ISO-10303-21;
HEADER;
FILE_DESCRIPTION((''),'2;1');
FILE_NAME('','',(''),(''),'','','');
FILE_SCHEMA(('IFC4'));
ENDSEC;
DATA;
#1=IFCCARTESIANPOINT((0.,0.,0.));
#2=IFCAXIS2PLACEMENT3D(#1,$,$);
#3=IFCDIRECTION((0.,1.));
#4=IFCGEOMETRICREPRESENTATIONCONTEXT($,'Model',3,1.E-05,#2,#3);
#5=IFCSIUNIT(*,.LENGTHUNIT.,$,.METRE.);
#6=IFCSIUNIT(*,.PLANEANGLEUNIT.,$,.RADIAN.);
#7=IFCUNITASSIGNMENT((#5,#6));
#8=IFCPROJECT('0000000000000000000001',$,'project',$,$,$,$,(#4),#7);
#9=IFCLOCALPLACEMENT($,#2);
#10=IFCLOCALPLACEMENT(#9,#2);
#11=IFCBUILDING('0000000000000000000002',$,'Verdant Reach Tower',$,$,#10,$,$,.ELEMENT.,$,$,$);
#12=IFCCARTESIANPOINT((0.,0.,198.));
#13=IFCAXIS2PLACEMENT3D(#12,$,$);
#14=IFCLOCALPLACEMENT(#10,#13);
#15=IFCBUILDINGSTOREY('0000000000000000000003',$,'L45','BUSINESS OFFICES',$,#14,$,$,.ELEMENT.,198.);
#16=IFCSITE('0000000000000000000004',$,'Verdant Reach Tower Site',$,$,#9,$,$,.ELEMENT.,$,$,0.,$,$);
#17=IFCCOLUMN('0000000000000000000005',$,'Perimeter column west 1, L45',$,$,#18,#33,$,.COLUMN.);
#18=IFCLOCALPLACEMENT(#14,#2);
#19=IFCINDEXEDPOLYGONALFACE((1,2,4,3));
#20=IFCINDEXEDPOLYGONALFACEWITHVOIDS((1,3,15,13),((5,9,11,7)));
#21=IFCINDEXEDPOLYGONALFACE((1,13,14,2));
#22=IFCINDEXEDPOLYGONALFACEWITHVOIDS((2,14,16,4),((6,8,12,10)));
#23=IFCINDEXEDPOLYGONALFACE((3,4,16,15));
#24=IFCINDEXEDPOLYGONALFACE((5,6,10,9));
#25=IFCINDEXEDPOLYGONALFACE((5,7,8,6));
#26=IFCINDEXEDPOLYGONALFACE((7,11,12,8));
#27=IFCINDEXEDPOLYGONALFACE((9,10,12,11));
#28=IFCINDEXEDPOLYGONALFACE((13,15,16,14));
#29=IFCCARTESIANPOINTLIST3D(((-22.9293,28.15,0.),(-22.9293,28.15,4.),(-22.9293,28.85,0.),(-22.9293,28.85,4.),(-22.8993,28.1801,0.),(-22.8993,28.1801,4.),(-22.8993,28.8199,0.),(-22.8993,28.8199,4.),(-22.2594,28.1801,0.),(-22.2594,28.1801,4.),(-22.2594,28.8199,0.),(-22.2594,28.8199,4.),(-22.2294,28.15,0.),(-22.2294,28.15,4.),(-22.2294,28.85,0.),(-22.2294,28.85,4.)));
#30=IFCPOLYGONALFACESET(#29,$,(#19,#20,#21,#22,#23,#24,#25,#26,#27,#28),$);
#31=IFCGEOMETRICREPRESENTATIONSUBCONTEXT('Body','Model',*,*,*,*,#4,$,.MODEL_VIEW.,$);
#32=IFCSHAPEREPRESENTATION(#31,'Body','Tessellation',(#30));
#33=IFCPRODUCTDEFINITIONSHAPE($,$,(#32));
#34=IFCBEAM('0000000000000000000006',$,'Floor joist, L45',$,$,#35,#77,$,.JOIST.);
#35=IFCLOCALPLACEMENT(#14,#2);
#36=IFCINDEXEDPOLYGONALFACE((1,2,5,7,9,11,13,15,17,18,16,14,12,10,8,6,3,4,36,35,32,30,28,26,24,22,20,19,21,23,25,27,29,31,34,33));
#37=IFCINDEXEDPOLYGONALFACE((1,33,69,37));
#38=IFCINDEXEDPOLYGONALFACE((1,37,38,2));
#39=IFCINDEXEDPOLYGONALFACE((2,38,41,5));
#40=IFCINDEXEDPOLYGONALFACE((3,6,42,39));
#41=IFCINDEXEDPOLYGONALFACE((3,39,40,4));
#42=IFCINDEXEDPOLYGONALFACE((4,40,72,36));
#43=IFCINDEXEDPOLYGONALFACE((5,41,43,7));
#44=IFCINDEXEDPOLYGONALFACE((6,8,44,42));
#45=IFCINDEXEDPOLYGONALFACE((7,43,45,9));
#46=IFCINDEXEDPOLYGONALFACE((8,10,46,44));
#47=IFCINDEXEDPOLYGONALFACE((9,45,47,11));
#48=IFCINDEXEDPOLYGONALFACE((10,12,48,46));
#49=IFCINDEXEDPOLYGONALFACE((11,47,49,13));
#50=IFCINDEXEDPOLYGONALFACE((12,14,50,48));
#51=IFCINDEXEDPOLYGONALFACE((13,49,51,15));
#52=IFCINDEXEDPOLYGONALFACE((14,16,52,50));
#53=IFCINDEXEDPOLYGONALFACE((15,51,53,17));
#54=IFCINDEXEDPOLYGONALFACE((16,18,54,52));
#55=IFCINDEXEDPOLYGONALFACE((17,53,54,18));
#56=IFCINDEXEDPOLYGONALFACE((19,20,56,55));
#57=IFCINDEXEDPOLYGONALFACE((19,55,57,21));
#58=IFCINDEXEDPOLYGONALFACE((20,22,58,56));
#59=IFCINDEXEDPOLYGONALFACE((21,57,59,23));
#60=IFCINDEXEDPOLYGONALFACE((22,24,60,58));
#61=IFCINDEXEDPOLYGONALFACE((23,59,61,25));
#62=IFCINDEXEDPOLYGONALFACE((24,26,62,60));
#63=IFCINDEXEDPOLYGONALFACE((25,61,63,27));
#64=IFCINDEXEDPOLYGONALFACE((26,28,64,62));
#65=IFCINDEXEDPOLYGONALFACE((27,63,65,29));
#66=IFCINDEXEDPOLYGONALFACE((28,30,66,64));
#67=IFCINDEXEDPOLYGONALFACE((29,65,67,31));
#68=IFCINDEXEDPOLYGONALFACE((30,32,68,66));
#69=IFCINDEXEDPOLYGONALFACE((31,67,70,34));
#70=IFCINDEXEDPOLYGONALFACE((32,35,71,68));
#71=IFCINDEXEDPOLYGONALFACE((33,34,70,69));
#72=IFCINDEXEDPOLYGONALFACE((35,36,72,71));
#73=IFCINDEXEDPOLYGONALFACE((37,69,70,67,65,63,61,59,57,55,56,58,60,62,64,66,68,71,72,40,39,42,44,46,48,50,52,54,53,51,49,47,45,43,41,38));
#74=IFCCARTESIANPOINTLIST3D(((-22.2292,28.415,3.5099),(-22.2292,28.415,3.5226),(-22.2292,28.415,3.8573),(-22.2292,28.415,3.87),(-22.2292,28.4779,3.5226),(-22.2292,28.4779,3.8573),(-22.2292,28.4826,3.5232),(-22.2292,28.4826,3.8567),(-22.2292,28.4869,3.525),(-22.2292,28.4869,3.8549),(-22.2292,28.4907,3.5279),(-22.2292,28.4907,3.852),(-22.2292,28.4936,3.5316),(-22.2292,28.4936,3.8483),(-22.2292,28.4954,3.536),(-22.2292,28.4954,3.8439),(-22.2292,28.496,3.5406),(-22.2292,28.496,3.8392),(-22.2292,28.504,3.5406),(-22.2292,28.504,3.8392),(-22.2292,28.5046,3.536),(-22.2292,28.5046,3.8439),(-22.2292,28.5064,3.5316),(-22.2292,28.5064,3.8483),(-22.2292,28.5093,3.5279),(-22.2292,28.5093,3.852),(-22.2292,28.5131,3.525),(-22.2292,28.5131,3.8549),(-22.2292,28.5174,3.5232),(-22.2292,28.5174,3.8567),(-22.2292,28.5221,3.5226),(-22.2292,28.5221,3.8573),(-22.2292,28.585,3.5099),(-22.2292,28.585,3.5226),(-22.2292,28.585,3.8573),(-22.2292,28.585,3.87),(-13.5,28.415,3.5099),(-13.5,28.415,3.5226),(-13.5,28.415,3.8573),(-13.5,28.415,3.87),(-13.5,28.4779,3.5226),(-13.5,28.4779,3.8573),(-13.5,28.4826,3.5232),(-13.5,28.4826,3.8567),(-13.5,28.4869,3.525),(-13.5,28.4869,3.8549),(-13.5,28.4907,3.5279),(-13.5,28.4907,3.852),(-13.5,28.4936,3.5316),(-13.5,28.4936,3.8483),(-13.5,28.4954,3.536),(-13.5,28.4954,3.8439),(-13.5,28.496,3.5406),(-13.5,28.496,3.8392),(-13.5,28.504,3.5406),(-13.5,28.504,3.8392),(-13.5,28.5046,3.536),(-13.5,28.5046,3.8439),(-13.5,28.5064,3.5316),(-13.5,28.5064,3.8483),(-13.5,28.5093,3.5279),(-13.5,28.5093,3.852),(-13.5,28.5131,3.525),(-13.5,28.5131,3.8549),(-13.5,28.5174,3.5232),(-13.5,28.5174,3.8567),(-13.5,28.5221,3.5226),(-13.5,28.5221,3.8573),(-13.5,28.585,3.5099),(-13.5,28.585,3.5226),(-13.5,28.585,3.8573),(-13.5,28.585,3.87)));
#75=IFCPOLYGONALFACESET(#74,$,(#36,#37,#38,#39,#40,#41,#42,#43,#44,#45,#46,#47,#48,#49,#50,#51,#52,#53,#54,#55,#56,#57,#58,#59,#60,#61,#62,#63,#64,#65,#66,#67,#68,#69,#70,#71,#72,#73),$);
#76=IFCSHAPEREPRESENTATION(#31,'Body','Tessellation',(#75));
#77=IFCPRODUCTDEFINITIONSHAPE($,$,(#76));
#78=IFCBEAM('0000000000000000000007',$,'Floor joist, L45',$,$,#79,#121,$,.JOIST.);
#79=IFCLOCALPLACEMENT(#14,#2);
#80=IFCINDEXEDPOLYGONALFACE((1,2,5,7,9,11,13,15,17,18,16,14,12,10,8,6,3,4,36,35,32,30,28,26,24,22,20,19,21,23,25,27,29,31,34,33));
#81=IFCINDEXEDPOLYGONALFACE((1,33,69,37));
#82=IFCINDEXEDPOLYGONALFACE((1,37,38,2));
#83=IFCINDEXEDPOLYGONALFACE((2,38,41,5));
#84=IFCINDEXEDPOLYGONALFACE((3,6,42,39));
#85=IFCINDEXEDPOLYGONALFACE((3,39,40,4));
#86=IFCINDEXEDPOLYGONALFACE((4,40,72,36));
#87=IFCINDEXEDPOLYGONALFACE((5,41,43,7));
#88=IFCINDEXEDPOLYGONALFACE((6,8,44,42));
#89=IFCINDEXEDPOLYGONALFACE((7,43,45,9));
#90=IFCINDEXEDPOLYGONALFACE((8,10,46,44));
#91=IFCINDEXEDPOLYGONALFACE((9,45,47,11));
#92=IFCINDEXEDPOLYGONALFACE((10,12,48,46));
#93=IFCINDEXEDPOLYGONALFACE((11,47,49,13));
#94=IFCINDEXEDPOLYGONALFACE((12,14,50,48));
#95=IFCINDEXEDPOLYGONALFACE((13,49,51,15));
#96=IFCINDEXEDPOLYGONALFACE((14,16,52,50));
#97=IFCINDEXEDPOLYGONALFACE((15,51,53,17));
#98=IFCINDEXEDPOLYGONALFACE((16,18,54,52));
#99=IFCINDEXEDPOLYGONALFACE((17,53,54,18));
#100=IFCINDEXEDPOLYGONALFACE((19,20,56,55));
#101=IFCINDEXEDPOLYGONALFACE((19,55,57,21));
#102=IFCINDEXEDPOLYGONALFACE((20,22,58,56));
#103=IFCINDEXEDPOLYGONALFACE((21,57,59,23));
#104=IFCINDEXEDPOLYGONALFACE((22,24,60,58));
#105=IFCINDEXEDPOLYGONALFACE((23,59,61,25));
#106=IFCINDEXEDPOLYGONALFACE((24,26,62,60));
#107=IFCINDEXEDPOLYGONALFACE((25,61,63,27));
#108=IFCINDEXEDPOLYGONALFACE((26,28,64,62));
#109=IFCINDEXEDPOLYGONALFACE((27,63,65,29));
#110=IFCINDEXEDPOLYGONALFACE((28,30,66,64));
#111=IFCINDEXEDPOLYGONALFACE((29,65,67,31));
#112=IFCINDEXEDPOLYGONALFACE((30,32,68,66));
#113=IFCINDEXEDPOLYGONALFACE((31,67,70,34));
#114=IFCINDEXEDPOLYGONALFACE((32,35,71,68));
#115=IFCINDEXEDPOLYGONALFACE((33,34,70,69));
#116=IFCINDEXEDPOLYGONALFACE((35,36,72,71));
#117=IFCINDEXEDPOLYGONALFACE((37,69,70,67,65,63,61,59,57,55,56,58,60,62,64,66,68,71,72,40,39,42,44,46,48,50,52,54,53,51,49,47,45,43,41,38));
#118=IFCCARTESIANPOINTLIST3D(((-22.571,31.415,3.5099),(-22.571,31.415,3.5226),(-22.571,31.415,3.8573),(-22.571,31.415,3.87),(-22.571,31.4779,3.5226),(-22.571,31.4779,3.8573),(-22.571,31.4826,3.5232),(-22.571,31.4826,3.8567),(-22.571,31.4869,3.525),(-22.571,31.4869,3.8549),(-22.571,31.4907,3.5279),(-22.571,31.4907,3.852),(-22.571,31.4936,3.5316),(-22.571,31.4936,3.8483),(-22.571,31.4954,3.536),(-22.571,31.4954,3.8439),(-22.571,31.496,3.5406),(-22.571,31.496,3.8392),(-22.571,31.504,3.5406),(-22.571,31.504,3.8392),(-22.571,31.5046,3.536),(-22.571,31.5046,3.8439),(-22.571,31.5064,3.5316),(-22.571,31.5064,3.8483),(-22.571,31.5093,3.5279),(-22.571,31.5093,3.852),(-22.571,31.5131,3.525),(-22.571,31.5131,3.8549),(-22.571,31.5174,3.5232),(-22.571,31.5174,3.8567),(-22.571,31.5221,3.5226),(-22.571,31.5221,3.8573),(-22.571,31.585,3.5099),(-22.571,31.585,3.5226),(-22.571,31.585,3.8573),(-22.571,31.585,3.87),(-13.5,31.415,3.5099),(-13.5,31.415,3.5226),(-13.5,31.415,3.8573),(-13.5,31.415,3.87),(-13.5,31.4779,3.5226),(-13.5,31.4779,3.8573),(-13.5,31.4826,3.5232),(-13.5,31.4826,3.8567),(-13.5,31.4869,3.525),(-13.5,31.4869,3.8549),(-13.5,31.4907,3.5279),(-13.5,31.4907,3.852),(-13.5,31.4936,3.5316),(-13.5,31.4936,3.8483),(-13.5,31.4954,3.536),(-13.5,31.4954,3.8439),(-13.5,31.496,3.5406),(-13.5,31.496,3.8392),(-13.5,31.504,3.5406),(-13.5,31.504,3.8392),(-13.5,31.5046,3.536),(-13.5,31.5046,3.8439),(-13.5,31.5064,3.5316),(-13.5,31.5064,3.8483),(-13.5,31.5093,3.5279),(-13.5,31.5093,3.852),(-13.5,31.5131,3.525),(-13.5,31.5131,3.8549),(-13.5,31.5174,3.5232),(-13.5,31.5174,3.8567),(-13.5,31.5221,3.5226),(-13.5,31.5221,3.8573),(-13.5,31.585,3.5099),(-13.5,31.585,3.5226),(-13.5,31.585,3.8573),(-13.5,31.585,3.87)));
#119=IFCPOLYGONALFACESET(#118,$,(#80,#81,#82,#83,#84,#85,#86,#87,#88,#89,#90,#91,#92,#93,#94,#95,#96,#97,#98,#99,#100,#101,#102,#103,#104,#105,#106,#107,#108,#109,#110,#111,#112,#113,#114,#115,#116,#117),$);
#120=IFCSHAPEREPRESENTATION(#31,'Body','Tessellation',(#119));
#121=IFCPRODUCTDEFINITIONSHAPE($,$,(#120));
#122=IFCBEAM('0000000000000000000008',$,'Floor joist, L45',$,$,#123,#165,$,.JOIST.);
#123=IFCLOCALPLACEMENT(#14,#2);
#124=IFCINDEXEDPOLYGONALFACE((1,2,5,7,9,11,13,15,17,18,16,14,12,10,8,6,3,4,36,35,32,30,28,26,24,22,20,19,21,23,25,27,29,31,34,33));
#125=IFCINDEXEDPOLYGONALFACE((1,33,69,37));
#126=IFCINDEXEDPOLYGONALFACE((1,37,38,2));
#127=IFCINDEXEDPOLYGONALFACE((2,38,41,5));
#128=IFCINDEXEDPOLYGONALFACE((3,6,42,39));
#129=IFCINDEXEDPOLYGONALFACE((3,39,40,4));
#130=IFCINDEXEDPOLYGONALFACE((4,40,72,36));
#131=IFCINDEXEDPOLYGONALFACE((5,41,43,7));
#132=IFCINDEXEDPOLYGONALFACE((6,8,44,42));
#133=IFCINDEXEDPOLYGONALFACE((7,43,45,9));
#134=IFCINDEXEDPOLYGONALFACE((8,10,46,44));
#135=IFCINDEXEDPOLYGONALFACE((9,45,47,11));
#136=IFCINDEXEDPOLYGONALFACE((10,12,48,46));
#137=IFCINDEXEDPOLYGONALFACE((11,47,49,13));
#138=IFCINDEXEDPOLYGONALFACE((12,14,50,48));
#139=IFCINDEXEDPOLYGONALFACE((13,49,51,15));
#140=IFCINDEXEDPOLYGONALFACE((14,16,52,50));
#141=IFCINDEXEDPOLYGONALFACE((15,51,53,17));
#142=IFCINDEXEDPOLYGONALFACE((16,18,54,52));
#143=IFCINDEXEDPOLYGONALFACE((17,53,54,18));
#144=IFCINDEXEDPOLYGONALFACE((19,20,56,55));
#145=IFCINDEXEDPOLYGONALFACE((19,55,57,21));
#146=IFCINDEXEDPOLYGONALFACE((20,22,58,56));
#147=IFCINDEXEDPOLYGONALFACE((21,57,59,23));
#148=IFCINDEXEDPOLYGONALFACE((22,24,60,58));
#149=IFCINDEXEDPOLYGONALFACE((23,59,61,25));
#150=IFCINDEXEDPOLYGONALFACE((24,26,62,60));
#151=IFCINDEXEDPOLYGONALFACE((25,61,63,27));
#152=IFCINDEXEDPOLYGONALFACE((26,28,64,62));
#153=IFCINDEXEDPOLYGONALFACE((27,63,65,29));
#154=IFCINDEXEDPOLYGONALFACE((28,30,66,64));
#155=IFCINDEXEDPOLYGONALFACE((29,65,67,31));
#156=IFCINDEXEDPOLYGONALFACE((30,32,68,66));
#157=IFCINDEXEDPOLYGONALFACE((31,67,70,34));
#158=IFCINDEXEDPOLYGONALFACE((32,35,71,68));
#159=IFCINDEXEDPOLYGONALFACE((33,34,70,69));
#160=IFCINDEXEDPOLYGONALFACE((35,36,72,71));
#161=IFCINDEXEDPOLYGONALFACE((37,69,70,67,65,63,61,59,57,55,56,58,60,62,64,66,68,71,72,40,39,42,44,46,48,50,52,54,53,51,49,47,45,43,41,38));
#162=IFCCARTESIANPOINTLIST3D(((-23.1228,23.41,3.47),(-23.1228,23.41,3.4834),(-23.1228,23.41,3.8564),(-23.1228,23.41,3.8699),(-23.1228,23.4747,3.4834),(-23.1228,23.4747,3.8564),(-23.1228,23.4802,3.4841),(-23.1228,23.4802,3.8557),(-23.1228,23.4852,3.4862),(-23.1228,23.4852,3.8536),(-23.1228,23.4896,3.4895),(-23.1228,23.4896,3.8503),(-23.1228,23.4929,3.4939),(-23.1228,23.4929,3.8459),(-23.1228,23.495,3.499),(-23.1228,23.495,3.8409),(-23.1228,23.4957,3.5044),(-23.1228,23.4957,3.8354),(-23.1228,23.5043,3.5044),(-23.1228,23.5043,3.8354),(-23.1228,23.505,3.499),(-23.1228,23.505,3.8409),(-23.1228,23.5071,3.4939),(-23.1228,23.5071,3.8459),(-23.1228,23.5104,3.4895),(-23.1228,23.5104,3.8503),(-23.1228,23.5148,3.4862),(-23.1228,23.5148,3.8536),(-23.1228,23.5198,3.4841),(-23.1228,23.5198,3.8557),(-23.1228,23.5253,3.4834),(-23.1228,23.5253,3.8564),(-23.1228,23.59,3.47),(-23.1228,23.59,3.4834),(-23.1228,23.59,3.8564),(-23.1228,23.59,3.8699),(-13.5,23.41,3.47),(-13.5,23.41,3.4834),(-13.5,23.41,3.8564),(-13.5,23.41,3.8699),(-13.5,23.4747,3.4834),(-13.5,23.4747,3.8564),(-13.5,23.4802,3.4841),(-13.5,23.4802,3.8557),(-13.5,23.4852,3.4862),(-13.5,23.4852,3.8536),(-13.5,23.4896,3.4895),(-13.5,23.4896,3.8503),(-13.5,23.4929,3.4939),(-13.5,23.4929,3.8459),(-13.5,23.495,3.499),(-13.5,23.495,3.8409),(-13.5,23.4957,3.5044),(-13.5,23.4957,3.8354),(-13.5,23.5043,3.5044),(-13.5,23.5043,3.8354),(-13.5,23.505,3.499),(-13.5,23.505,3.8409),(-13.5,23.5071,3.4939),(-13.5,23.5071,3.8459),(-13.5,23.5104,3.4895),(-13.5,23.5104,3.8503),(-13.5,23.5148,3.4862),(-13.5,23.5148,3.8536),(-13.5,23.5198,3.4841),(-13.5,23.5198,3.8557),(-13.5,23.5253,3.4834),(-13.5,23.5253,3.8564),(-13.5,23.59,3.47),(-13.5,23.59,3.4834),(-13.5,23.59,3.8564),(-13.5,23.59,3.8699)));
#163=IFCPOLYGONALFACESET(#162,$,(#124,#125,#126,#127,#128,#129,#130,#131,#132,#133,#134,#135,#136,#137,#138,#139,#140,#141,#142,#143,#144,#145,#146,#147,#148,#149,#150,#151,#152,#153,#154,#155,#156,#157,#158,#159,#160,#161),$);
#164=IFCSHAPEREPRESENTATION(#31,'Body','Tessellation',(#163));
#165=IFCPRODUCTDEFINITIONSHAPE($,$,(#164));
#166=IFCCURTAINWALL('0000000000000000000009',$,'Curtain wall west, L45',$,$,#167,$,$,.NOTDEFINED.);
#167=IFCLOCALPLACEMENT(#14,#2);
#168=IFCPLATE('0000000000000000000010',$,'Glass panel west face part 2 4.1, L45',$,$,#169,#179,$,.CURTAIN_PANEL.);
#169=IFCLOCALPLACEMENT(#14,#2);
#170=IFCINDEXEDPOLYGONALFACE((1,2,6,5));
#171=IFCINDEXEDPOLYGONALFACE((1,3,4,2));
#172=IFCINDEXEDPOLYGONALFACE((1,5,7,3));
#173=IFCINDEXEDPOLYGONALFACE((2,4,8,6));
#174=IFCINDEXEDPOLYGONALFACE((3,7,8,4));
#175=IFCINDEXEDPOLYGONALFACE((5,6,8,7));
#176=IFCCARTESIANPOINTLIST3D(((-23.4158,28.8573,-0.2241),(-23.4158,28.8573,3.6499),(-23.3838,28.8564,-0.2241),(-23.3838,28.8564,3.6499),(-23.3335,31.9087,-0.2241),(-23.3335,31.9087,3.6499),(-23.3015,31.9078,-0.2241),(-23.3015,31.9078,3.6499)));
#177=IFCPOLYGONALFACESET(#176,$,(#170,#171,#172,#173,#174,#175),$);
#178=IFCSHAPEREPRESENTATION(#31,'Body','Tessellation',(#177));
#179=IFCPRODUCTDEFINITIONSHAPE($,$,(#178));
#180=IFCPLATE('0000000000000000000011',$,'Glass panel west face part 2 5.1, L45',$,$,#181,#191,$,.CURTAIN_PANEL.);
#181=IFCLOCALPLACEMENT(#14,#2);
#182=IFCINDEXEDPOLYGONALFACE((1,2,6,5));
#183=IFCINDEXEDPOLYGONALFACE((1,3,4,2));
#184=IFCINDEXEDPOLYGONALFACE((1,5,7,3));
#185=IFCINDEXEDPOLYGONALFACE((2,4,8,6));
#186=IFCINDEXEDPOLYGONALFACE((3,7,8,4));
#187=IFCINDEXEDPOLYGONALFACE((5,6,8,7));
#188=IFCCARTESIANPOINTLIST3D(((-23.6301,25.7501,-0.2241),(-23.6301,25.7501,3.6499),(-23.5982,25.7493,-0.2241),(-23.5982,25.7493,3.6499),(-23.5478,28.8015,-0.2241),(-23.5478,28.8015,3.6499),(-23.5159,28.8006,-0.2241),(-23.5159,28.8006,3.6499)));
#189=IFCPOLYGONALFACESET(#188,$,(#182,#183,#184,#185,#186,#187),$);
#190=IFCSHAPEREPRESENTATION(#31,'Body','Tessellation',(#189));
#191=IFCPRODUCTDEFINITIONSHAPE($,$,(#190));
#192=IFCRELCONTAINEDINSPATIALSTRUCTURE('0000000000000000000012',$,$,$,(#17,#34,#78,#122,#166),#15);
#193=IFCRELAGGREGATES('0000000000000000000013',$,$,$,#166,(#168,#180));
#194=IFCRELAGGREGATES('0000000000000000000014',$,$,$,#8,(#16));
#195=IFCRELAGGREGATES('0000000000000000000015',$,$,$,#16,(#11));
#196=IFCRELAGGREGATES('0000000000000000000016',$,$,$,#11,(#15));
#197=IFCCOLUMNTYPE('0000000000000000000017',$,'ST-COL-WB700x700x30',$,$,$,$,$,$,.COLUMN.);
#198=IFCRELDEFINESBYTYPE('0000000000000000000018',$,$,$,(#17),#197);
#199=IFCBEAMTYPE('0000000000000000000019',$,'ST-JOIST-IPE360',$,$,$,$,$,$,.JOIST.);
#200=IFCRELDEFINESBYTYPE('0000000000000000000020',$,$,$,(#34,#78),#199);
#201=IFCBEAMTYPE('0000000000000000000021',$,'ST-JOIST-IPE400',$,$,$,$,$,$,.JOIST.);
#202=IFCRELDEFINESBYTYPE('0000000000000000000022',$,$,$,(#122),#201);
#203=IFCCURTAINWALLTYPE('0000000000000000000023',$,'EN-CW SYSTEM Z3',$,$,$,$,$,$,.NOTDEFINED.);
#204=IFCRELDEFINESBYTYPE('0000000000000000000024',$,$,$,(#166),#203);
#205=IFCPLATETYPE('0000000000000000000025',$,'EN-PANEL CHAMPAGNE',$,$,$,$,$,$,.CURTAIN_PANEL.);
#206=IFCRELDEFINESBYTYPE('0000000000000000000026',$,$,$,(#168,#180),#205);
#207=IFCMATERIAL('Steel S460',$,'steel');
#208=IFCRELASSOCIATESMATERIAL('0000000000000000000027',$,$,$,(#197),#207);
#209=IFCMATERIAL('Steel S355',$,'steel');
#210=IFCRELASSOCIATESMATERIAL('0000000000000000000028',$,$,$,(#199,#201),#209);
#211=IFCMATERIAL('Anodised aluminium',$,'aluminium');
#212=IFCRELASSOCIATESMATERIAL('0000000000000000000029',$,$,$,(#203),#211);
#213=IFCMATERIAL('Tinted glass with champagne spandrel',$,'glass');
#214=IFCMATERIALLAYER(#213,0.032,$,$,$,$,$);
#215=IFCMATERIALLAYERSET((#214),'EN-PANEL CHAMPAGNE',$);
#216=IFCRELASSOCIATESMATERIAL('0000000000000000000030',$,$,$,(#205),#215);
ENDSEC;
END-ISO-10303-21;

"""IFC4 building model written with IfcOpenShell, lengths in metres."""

from ifc_helpers import new_model, si_unit, direction, frame, origin, origin_2d, place, context, subcontext, project, spatial, rectangle, hollow_rectangle, i_section, extrude, material, layer, layer_set, material_profile, profile_set, type_object, element, aggregate, save


model = new_model("IFC4")

# Units and contexts
model_context = context("Model", 3, precision=1e-05, world=origin(), true_north=direction((0.0, 1.0)))
body_context = subcontext(model_context, "Body", "Model", "MODEL_VIEW")
ifc_project = project(units=[si_unit("LENGTHUNIT", "METRE"), si_unit("PLANEANGLEUNIT", "RADIAN")], contexts=[model_context])

# Site, building, storey
site_placement = place(None, origin())
site = spatial("IfcSite", under=ifc_project, at=site_placement, Name="Verdant Reach Tower Site", CompositionType="ELEMENT", RefElevation=0.0)
building_placement = place(site_placement, origin())
building = spatial("IfcBuilding", under=site, at=building_placement, Name="Verdant Reach Tower", CompositionType="ELEMENT")
storey_placement = place(building_placement, frame((0.0, 0.0, 198.0)))
storey = spatial("IfcBuildingStorey", under=building, at=storey_placement, Name="L45", Description="BUSINESS OFFICES", CompositionType="ELEMENT", Elevation=198.0)

# Column
ifc_material_1 = material(Name="Steel S460", Category="steel")
ifc_material_profile_1 = material_profile(ifc_material_1, hollow_rectangle(XDim=0.7, YDim=0.7, WallThickness=0.03, at=origin_2d()), Name="WB 700x700x30")
ifc_profile_set_1 = profile_set([ifc_material_profile_1], Name="Steel S460")
column_type = type_object("IfcColumnType", Name="ST-COL-WB700x700x30", PredefinedType="COLUMN", material=ifc_profile_set_1)
column_placement = place(storey_placement, frame((-22.5793, 28.5, 0.0), z_axis=(0.0, 0.0, 1.0), x_axis=(1.0, 0.0, 0.0)))
element("IfcColumn", 1, at=column_placement, inside=storey, type_object=column_type, Name="Perimeter column west 1, L45", PredefinedType="COLUMN", context=body_context, shape_type="SweptSolid", body=[
    extrude(hollow_rectangle(XDim=0.7, YDim=0.7, WallThickness=0.03, at=origin_2d()), origin(), (0.0, 0.0, 1.0), 4.0),
])

# Beams
ifc_material_2 = material(Name="Steel S355", Category="steel")
ifc_material_profile_2 = material_profile(ifc_material_2, i_section(OverallWidth=0.1699, OverallDepth=0.3601, WebThickness=0.0081, FlangeThickness=0.0127, FilletRadius=0.0181, at=origin_2d()), Name="IPE 360")
ifc_profile_set_2 = profile_set([ifc_material_profile_2], Name="Steel S355")
beam_type_1 = type_object("IfcBeamType", Name="ST-JOIST-IPE360", PredefinedType="JOIST", material=ifc_profile_set_2)
beam_1_placement = place(storey_placement, frame((-13.5, 28.5, 3.6899), z_axis=(-1.0, 0.0, 0.0), x_axis=(0.0, -1.0, 0.0)))
element("IfcBeam", 2, at=beam_1_placement, inside=storey, type_object=beam_type_1, Name="Floor joist, L45", PredefinedType="JOIST", context=body_context, shape_type="SweptSolid", body=[
    extrude(i_section(OverallWidth=0.1699, OverallDepth=0.3601, WebThickness=0.0081, FlangeThickness=0.0127, FilletRadius=0.0181, at=origin_2d()), origin(), (0.0, 0.0, 1.0), 8.7292),
])
beam_2_placement = place(storey_placement, frame((-13.5, 31.5, 3.6899), z_axis=(-1.0, 0.0, 0.0), x_axis=(0.0, -1.0, 0.0)))
element("IfcBeam", 3, at=beam_2_placement, inside=storey, type_object=beam_type_1, Name="Floor joist, L45", PredefinedType="JOIST", context=body_context, shape_type="SweptSolid", body=[
    extrude(i_section(OverallWidth=0.1699, OverallDepth=0.3601, WebThickness=0.0081, FlangeThickness=0.0127, FilletRadius=0.0181, at=origin_2d()), origin(), (0.0, 0.0, 1.0), 9.071),
])
ifc_material_profile_3 = material_profile(ifc_material_2, i_section(OverallWidth=0.1799, OverallDepth=0.3999, WebThickness=0.0085, FlangeThickness=0.0134, FilletRadius=0.021, at=origin_2d()), Name="IPE 400")
ifc_profile_set_3 = profile_set([ifc_material_profile_3], Name="Steel S355")
beam_type_2 = type_object("IfcBeamType", Name="ST-JOIST-IPE400", PredefinedType="JOIST", material=ifc_profile_set_3)
beam_3_placement = place(storey_placement, frame((-13.5, 23.5, 3.6699), z_axis=(-1.0, 0.0, 0.0), x_axis=(0.0, -1.0, 0.0)))
element("IfcBeam", 4, at=beam_3_placement, inside=storey, type_object=beam_type_2, Name="Floor joist, L45", PredefinedType="JOIST", context=body_context, shape_type="SweptSolid", body=[
    extrude(i_section(OverallWidth=0.1799, OverallDepth=0.3999, WebThickness=0.0085, FlangeThickness=0.0134, FilletRadius=0.021, at=origin_2d()), origin(), (0.0, 0.0, 1.0), 9.6228),
])

# Curtain wall, plates
ifc_material_3 = material(Name="Anodised aluminium", Category="aluminium")
curtain_wall_type = type_object("IfcCurtainWallType", Name="EN-CW SYSTEM Z3", PredefinedType="NOTDEFINED", material=ifc_material_3)
curtain_wall_placement = place(storey_placement, origin())
curtain_wall = element("IfcCurtainWall", 5, at=curtain_wall_placement, inside=storey, type_object=curtain_wall_type, Name="Curtain wall west, L45", PredefinedType="NOTDEFINED")
ifc_material_4 = material(Name="Tinted glass with champagne spandrel", Category="glass")
ifc_layer_1 = layer(ifc_material_4, 0.032)
ifc_layer_set_1 = layer_set([ifc_layer_1], Name="EN-PANEL CHAMPAGNE")
plate_type_1 = type_object("IfcPlateType", Name="EN-PANEL CHAMPAGNE", PredefinedType="CURTAIN_PANEL", material=ifc_layer_set_1)
plate_1_placement = place(storey_placement, frame((-23.3586, 30.3826, -0.2241), z_axis=(0.0, 0.0, 1.0), x_axis=(-0.026965, -0.999636, 0.0)))
plate_1 = element("IfcPlate", 6, at=plate_1_placement, type_object=plate_type_1, Name="Glass panel west face part 2 4.1, L45", PredefinedType="CURTAIN_PANEL", context=body_context, shape_type="SweptSolid", body=[
    extrude(rectangle(XDim=3.0525, YDim=0.032, at=origin_2d()), origin(), (0.0, 0.0, 1.0), 3.874),
])
plate_2_placement = place(storey_placement, frame((-23.573, 27.2754, -0.2241), z_axis=(0.0, 0.0, 1.0), x_axis=(-0.026965, -0.999636, 0.0)))
plate_2 = element("IfcPlate", 7, at=plate_2_placement, type_object=plate_type_1, Name="Glass panel west face part 2 5.1, L45", PredefinedType="CURTAIN_PANEL", context=body_context, shape_type="SweptSolid", body=[
    extrude(rectangle(XDim=3.0525, YDim=0.032, at=origin_2d()), origin(), (0.0, 0.0, 1.0), 3.874),
])
aggregate(curtain_wall, [plate_1, plate_2])

save(model, "model.ifc")
